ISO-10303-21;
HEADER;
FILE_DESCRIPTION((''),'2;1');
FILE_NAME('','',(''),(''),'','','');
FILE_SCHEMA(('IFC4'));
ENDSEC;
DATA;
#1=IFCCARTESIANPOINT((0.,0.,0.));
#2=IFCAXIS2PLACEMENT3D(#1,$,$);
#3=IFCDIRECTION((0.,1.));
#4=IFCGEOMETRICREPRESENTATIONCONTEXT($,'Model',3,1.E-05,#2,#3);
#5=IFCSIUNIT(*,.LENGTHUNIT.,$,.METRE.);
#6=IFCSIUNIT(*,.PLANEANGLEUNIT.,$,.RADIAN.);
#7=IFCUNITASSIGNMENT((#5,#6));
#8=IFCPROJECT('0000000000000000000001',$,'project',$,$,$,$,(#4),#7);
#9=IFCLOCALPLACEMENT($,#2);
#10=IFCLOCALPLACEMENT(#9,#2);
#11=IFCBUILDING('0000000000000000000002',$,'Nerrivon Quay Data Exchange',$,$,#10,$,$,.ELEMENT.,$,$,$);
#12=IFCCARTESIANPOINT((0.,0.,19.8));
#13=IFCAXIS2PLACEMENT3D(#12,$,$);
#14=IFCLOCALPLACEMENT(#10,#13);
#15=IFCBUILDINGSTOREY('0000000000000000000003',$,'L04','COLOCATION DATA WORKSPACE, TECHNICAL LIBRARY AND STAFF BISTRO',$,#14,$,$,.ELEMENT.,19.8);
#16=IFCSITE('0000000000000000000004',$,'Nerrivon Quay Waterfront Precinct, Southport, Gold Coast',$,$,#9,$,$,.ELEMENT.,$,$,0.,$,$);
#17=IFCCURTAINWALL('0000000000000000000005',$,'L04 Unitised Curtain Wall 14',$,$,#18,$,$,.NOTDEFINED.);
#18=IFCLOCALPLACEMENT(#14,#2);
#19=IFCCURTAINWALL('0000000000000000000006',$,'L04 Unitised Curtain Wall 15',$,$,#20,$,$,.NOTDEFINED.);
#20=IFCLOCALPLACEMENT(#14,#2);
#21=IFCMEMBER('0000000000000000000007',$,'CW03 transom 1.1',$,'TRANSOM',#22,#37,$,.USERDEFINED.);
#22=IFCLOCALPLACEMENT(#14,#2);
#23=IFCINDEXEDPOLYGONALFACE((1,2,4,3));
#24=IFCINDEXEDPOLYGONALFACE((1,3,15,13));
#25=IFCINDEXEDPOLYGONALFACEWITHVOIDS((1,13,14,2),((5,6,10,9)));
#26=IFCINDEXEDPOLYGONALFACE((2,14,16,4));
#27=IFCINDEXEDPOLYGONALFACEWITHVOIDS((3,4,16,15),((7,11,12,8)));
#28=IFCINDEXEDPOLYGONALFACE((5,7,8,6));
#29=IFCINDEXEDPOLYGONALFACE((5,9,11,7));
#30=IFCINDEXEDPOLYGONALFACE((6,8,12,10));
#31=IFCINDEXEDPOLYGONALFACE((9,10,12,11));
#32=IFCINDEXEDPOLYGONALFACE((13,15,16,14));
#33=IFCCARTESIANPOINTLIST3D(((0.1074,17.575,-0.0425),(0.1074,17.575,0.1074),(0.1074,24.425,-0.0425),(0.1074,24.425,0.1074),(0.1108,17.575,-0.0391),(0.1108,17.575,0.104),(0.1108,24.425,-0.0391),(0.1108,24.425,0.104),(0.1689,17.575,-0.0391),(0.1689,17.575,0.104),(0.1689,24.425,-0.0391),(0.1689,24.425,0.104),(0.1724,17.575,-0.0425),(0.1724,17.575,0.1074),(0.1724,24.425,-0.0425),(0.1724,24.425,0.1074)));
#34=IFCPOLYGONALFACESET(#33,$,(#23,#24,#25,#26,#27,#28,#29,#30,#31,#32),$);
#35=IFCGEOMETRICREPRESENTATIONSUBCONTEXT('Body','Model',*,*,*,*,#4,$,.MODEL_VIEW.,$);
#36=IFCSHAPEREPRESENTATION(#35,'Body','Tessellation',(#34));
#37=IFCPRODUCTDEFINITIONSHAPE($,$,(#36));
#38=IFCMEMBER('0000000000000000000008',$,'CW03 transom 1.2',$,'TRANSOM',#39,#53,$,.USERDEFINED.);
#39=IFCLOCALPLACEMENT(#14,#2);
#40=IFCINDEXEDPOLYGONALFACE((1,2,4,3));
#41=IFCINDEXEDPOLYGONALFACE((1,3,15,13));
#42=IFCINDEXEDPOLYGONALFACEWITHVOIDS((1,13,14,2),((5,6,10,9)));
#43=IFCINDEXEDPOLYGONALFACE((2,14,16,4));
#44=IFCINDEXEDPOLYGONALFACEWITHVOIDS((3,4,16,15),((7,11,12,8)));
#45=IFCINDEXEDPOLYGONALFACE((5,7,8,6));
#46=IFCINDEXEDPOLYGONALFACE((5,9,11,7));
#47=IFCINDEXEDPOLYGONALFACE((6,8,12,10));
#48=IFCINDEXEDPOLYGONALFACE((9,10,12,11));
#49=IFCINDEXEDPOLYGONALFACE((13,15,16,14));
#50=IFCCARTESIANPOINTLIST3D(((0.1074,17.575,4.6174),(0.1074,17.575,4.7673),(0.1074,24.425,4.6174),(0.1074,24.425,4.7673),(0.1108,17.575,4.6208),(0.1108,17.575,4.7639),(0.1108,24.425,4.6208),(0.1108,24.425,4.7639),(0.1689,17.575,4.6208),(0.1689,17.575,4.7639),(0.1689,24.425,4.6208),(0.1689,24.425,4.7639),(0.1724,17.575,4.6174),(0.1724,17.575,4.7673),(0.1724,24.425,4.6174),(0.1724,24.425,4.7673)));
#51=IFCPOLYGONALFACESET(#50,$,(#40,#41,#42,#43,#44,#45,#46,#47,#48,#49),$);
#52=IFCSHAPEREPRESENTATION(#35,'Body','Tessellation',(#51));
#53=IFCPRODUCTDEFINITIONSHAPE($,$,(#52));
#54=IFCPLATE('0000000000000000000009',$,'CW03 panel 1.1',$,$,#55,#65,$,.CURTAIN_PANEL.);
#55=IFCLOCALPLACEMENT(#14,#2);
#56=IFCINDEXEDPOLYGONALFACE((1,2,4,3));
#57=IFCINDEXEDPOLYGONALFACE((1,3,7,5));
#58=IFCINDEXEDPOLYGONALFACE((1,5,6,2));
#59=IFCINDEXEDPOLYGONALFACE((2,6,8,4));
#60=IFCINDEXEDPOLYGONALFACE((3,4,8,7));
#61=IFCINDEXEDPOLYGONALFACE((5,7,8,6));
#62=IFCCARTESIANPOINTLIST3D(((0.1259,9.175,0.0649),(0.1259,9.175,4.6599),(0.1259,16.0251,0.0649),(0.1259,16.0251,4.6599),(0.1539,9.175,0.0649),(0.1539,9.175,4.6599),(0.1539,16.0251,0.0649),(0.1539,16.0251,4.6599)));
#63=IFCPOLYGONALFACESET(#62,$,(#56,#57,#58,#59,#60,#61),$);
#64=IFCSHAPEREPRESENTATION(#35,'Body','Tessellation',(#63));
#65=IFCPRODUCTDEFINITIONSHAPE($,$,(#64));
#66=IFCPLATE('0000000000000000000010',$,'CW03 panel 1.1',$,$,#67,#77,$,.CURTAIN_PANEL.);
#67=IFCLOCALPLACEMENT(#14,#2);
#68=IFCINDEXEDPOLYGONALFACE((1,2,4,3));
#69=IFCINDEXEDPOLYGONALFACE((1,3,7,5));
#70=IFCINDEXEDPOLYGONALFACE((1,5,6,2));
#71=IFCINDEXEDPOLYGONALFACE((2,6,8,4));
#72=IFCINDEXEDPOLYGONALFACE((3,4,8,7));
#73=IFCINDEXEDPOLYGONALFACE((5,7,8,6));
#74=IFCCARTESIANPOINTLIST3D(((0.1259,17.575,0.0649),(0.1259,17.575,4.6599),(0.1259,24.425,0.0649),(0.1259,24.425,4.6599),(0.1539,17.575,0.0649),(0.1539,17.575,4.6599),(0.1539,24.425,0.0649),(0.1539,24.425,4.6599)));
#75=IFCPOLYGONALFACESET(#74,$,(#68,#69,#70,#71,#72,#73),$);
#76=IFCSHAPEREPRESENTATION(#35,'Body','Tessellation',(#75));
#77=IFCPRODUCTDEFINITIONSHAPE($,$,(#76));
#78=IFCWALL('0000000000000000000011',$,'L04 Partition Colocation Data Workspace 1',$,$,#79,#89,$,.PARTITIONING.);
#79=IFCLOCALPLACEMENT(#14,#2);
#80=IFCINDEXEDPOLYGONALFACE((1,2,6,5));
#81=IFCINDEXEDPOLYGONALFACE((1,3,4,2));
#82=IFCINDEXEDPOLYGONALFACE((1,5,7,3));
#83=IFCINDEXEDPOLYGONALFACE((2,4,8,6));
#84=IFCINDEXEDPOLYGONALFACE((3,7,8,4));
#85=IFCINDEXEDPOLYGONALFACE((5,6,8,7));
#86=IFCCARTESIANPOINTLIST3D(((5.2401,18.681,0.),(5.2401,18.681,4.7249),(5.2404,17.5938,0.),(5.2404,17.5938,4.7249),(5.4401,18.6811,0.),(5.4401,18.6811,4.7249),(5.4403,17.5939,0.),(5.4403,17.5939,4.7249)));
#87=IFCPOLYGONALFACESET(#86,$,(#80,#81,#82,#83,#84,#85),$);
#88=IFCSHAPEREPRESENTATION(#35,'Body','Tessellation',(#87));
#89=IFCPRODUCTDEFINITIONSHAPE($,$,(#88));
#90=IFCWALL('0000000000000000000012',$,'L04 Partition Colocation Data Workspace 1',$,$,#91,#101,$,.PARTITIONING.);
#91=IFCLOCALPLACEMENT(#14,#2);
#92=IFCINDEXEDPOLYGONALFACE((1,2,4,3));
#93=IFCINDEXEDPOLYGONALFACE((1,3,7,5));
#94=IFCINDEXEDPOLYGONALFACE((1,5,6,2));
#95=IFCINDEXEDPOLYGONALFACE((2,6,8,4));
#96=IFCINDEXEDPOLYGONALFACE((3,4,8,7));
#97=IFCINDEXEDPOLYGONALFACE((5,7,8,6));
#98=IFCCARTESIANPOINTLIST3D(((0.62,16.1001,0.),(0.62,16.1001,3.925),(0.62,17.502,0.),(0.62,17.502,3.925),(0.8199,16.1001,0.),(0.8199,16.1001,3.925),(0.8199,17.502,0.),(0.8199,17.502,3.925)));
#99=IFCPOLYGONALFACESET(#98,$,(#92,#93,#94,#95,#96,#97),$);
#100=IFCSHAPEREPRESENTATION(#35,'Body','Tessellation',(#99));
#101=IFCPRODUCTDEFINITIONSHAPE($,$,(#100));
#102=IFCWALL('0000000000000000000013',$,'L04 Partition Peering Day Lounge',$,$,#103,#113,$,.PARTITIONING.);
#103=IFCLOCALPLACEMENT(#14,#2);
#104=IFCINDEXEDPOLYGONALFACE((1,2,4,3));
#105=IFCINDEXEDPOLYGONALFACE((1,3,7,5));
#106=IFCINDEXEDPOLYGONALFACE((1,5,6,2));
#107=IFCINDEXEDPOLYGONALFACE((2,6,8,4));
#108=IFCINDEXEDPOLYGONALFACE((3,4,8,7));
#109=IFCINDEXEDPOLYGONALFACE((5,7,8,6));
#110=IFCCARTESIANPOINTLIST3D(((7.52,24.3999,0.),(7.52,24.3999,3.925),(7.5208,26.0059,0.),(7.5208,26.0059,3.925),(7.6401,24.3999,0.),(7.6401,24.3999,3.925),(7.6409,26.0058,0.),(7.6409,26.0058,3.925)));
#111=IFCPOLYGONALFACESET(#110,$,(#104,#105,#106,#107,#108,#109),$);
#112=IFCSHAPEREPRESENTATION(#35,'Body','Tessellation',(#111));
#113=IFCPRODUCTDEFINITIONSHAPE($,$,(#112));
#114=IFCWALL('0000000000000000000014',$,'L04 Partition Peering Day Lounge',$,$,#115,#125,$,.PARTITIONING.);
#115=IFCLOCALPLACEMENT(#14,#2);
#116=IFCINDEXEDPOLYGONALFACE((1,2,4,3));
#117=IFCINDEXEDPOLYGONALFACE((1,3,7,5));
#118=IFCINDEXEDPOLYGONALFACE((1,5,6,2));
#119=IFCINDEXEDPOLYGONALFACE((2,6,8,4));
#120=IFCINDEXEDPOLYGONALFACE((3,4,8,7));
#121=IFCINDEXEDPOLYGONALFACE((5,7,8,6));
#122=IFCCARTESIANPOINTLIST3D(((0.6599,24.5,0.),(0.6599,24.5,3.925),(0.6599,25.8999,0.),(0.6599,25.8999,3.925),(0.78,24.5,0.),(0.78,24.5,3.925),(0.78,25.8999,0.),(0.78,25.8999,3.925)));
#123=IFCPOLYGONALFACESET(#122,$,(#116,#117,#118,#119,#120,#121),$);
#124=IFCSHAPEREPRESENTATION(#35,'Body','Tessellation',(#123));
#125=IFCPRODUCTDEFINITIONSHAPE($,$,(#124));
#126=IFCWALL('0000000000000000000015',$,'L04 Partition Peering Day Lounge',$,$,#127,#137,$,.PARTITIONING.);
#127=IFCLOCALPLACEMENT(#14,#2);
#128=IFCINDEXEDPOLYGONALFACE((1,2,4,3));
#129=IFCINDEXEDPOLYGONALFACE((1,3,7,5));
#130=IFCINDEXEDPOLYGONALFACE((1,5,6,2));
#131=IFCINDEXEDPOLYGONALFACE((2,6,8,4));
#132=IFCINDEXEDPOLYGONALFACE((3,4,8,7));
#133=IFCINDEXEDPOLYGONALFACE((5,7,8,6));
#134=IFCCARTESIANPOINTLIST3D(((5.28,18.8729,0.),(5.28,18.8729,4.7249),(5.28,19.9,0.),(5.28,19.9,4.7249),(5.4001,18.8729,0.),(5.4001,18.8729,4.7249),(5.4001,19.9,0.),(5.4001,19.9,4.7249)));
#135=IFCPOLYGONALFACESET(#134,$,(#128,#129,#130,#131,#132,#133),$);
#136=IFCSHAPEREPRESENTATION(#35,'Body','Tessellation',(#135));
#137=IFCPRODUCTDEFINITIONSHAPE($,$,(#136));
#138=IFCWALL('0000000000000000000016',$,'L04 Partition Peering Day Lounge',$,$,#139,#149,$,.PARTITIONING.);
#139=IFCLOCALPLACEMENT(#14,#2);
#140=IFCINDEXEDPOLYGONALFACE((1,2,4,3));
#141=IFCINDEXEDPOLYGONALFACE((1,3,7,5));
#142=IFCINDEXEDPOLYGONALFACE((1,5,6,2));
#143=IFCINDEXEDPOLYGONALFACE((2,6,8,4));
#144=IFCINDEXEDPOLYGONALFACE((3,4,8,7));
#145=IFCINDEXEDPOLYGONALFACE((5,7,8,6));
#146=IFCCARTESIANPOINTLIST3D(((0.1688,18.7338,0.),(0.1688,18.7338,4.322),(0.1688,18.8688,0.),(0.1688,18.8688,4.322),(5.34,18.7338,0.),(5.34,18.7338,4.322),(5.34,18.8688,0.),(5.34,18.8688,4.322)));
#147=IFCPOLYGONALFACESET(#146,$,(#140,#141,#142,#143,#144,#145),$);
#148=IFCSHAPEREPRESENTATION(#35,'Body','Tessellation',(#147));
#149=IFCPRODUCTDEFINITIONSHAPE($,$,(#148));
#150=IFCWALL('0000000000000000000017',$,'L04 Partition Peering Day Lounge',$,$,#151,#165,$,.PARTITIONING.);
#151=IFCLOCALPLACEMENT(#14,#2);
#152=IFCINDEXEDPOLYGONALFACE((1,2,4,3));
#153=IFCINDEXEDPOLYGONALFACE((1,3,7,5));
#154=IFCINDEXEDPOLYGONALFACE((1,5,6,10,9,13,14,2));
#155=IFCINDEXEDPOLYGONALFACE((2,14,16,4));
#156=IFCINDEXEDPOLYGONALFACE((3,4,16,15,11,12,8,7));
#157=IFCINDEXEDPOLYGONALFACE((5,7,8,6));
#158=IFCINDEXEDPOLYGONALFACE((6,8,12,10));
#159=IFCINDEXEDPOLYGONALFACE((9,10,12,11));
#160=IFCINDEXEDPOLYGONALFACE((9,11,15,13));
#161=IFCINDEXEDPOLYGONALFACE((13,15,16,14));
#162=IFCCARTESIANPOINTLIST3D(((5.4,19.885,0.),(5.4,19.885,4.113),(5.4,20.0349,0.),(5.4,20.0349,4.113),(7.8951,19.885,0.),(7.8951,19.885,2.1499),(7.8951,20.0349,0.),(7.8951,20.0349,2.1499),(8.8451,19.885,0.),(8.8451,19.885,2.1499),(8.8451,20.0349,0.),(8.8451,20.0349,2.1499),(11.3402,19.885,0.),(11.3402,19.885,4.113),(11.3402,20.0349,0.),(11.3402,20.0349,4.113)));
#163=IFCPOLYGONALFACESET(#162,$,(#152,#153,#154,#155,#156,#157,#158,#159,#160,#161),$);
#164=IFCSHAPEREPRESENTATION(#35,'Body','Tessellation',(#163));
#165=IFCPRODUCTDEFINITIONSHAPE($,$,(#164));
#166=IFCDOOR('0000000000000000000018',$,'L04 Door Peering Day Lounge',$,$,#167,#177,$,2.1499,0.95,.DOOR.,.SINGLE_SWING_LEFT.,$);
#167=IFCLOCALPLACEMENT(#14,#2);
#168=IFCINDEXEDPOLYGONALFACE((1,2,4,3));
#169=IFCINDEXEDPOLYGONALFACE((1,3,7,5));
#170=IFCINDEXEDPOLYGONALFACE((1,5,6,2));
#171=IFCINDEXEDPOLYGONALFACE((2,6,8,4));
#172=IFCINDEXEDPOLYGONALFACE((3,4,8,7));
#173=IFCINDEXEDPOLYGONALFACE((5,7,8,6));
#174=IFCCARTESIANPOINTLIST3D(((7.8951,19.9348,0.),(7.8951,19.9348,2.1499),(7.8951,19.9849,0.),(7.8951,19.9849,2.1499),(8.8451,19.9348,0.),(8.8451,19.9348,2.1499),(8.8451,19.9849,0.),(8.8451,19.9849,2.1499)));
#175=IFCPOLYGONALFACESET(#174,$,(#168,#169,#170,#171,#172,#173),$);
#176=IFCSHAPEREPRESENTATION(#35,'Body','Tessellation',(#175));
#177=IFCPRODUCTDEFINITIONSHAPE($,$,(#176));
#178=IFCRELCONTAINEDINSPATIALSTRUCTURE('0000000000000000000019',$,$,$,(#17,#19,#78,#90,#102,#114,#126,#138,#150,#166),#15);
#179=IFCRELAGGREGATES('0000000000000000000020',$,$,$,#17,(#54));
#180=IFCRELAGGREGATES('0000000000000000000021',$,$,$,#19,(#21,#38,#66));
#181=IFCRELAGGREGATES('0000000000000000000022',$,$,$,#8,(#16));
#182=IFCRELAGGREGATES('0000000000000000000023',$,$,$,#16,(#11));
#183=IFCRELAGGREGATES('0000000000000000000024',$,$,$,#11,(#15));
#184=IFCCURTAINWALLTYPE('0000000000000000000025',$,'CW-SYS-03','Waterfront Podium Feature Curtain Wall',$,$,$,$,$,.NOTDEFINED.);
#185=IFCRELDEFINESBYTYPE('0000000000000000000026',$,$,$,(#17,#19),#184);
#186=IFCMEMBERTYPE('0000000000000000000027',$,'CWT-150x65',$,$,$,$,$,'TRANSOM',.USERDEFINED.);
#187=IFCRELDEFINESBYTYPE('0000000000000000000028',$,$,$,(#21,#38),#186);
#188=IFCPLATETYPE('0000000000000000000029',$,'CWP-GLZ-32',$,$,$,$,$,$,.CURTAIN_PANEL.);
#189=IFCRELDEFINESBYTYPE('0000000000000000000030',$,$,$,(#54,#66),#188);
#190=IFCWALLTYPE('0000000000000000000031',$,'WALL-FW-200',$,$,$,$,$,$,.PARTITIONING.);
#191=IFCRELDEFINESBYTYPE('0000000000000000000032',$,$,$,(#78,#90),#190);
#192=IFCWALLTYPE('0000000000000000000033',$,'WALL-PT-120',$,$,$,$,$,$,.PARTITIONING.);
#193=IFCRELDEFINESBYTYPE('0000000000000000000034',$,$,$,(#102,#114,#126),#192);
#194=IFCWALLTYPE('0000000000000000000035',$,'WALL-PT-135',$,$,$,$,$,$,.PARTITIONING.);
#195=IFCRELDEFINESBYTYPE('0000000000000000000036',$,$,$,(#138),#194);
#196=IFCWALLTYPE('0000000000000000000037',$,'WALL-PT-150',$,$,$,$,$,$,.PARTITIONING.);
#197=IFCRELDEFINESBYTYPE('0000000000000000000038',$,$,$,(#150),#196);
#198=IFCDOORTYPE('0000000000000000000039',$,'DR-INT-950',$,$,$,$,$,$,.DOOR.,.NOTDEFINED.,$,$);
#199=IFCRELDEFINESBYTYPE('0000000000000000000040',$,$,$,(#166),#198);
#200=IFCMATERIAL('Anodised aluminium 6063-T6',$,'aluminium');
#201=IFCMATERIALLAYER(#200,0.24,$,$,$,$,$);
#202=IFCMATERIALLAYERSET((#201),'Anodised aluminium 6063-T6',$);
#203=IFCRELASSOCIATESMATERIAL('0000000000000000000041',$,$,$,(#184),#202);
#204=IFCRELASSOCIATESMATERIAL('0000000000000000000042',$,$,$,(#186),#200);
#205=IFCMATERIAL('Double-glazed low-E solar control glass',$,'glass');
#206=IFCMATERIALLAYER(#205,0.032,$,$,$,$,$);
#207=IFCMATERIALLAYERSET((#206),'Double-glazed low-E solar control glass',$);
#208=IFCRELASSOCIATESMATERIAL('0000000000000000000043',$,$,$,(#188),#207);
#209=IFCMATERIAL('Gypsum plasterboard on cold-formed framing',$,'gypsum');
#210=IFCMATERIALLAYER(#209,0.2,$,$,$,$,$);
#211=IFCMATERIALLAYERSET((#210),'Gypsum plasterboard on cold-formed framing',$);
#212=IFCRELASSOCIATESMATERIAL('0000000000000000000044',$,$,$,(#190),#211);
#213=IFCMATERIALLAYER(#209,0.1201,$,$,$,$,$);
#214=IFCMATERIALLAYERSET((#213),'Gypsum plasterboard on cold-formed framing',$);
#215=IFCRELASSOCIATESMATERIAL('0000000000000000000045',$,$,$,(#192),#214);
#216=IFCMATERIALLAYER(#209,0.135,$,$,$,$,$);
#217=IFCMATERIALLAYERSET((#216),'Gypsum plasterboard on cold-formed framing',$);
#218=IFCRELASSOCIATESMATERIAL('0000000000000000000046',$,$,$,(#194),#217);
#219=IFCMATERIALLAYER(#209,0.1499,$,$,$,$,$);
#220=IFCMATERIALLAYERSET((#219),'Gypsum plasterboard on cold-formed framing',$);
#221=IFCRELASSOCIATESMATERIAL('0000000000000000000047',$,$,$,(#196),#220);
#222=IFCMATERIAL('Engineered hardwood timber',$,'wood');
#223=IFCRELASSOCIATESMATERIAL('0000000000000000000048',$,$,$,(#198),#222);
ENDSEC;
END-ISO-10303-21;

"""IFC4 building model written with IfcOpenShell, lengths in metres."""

from ifc_helpers import new_model, si_unit, direction, frame, frame_2d, origin, origin_2d, place, context, subcontext, project, spatial, rectangle, hollow_rectangle, extrude, material, layer, layer_set, material_profile, profile_set, type_object, element, fill, aggregate, save


model = new_model("IFC4")

# Units and contexts
model_context = context("Model", 3, precision=1e-05, world=origin(), true_north=direction((0.0, 1.0)))
body_context = subcontext(model_context, "Body", "Model", "MODEL_VIEW")
ifc_project = project(units=[si_unit("LENGTHUNIT", "METRE"), si_unit("PLANEANGLEUNIT", "RADIAN")], contexts=[model_context])

# Site, building, storey
site_placement = place(None, origin())
site = spatial("IfcSite", under=ifc_project, at=site_placement, Name="Nerrivon Quay Waterfront Precinct, Southport, Gold Coast", CompositionType="ELEMENT", RefElevation=0.0)
building_placement = place(site_placement, origin())
building = spatial("IfcBuilding", under=site, at=building_placement, Name="Nerrivon Quay Data Exchange", CompositionType="ELEMENT")
storey_placement = place(building_placement, frame((0.0, 0.0, 19.8)))
storey = spatial("IfcBuildingStorey", under=building, at=storey_placement, Name="L04", Description="COLOCATION DATA WORKSPACE, TECHNICAL LIBRARY AND STAFF BISTRO", CompositionType="ELEMENT", Elevation=19.8)

# Curtain wall
ifc_material_1 = material(Name="Anodised aluminium 6063-T6", Category="aluminium")
ifc_layer_1 = layer(ifc_material_1, 0.24)
ifc_layer_set_1 = layer_set([ifc_layer_1], Name="Anodised aluminium 6063-T6")
curtain_wall_type = type_object("IfcCurtainWallType", Name="CW-SYS-03", Description="Waterfront Podium Feature Curtain Wall", PredefinedType="NOTDEFINED", material=ifc_layer_set_1)
curtain_wall_1_placement = place(storey_placement, origin())
curtain_wall_1 = element("IfcCurtainWall", 1, at=curtain_wall_1_placement, inside=storey, type_object=curtain_wall_type, Name="L04 Unitised Curtain Wall 14", PredefinedType="NOTDEFINED")

# Curtain wall, members
curtain_wall_2_placement = place(storey_placement, origin())
curtain_wall_2 = element("IfcCurtainWall", 2, at=curtain_wall_2_placement, inside=storey, type_object=curtain_wall_type, Name="L04 Unitised Curtain Wall 15", PredefinedType="NOTDEFINED")
ifc_material_profile_1 = material_profile(ifc_material_1, hollow_rectangle(XDim=0.0649, YDim=0.1499, WallThickness=0.0034, at=origin_2d()), Name="ALU-TRAN-150x65")
ifc_profile_set_1 = profile_set([ifc_material_profile_1], Name="Anodised aluminium 6063-T6")
member_type_1 = type_object("IfcMemberType", Name="CWT-150x65", ElementType="TRANSOM", PredefinedType="USERDEFINED", material=ifc_profile_set_1)
member_1_placement = place(storey_placement, frame((0.1399, 17.575, 0.0325), z_axis=(0.0, 1.0, 0.0), x_axis=(-1.0, 0.0, 0.0)))
member_1 = element("IfcMember", 3, at=member_1_placement, type_object=member_type_1, Name="CW03 transom 1.1", ObjectType="TRANSOM", PredefinedType="USERDEFINED", context=body_context, shape_type="SweptSolid", body=[
    extrude(hollow_rectangle(XDim=0.0649, YDim=0.1499, WallThickness=0.0034, at=origin_2d()), origin(), (0.0, 0.0, 1.0), 6.8501),
])
member_2_placement = place(storey_placement, frame((0.1399, 17.575, 4.6924), z_axis=(0.0, 1.0, 0.0), x_axis=(-1.0, 0.0, 0.0)))
member_2 = element("IfcMember", 4, at=member_2_placement, type_object=member_type_1, Name="CW03 transom 1.2", ObjectType="TRANSOM", PredefinedType="USERDEFINED", context=body_context, shape_type="SweptSolid", body=[
    extrude(hollow_rectangle(XDim=0.0649, YDim=0.1499, WallThickness=0.0034, at=origin_2d()), origin(), (0.0, 0.0, 1.0), 6.8501),
])

# Plates
ifc_material_2 = material(Name="Double-glazed low-E solar control glass", Category="glass")
ifc_layer_2 = layer(ifc_material_2, 0.032)
ifc_layer_set_2 = layer_set([ifc_layer_2], Name="Double-glazed low-E solar control glass")
plate_type = type_object("IfcPlateType", Name="CWP-GLZ-32", PredefinedType="CURTAIN_PANEL", material=ifc_layer_set_2)
plate_1_placement = place(storey_placement, frame((0.1399, 12.6001, 0.0649), z_axis=(0.0, 0.0, 1.0), x_axis=(0.0, 1.0, 0.0)))
plate_1 = element("IfcPlate", 5, at=plate_1_placement, type_object=plate_type, Name="CW03 panel 1.1", PredefinedType="CURTAIN_PANEL", context=body_context, shape_type="SweptSolid", body=[
    extrude(rectangle(XDim=6.8501, YDim=0.0281, at=origin_2d()), origin(), (0.0, 0.0, 1.0), 4.595),
])
aggregate(curtain_wall_1, [plate_1])
plate_2_placement = place(storey_placement, frame((0.1399, 21.0, 0.0649), z_axis=(0.0, 0.0, 1.0), x_axis=(0.0, 1.0, 0.0)))
plate_2 = element("IfcPlate", 6, at=plate_2_placement, type_object=plate_type, Name="CW03 panel 1.1", PredefinedType="CURTAIN_PANEL", context=body_context, shape_type="SweptSolid", body=[
    extrude(rectangle(XDim=6.8501, YDim=0.0281, at=origin_2d()), origin(), (0.0, 0.0, 1.0), 4.595),
])
aggregate(curtain_wall_2, [member_1, member_2, plate_2])

# Walls
ifc_material_3 = material(Name="Gypsum plasterboard on cold-formed framing", Category="gypsum")
ifc_layer_3 = layer(ifc_material_3, 0.2)
ifc_layer_set_3 = layer_set([ifc_layer_3], Name="Gypsum plasterboard on cold-formed framing")
wall_type_1 = type_object("IfcWallType", Name="WALL-FW-200", PredefinedType="PARTITIONING", material=ifc_layer_set_3)
wall_1_placement = place(storey_placement, frame((5.3403, 17.594, 0.0), z_axis=(0.0, 0.0, 1.0), x_axis=(-0.000225, 1.0, 0.0)))
element("IfcWall", 7, at=wall_1_placement, inside=storey, type_object=wall_type_1, Name="L04 Partition Colocation Data Workspace 1", PredefinedType="PARTITIONING", context=body_context, shape_type="SweptSolid", body=[
    extrude(rectangle(XDim=1.0872, YDim=0.2, at=frame_2d((0.5435, 0.0))), origin(), (0.0, 0.0, 1.0), 4.7249),
])
wall_2_placement = place(storey_placement, frame((0.72, 17.502, 0.0), z_axis=(0.0, 0.0, 1.0), x_axis=(0.0, -1.0, 0.0)))
element("IfcWall", 8, at=wall_2_placement, inside=storey, type_object=wall_type_1, Name="L04 Partition Colocation Data Workspace 1", PredefinedType="PARTITIONING", context=body_context, shape_type="SweptSolid", body=[
    extrude(rectangle(XDim=1.4019, YDim=0.2, at=frame_2d((0.7009, 0.0))), origin(), (0.0, 0.0, 1.0), 3.925),
])
ifc_layer_4 = layer(ifc_material_3, 0.1201)
ifc_layer_set_4 = layer_set([ifc_layer_4], Name="Gypsum plasterboard on cold-formed framing")
wall_type_2 = type_object("IfcWallType", Name="WALL-PT-120", PredefinedType="PARTITIONING", material=ifc_layer_set_4)
wall_3_placement = place(storey_placement, frame((7.5801, 24.3999, 0.0), z_axis=(0.0, 0.0, 1.0), x_axis=(0.000456, 1.0, 0.0)))
element("IfcWall", 9, at=wall_3_placement, inside=storey, type_object=wall_type_2, Name="L04 Partition Peering Day Lounge", PredefinedType="PARTITIONING", context=body_context, shape_type="SweptSolid", body=[
    extrude(rectangle(XDim=1.606, YDim=0.1201, at=frame_2d((0.803, 0.0))), origin(), (0.0, 0.0, 1.0), 3.925),
])
wall_4_placement = place(storey_placement, frame((0.72, 25.8999, 0.0), z_axis=(0.0, 0.0, 1.0), x_axis=(0.0, -1.0, 0.0)))
element("IfcWall", 10, at=wall_4_placement, inside=storey, type_object=wall_type_2, Name="L04 Partition Peering Day Lounge", PredefinedType="PARTITIONING", context=body_context, shape_type="SweptSolid", body=[
    extrude(rectangle(XDim=1.3999, YDim=0.1201, at=frame_2d((0.7, 0.0))), origin(), (0.0, 0.0, 1.0), 3.925),
])
wall_5_placement = place(storey_placement, frame((5.3401, 18.8728, 0.0), z_axis=(0.0, 0.0, 1.0), x_axis=(0.0, 1.0, 0.0)))
element("IfcWall", 11, at=wall_5_placement, inside=storey, type_object=wall_type_2, Name="L04 Partition Peering Day Lounge", PredefinedType="PARTITIONING", context=body_context, shape_type="SweptSolid", body=[
    extrude(rectangle(XDim=1.0271, YDim=0.1201, at=frame_2d((0.5137, 0.0))), origin(), (0.0, 0.0, 1.0), 4.7249),
])
ifc_layer_5 = layer(ifc_material_3, 0.135)
ifc_layer_set_5 = layer_set([ifc_layer_5], Name="Gypsum plasterboard on cold-formed framing")
wall_type_3 = type_object("IfcWallType", Name="WALL-PT-135", PredefinedType="PARTITIONING", material=ifc_layer_set_5)
wall_6_placement = place(storey_placement, frame((0.1689, 18.8013, 0.0), z_axis=(0.0, 0.0, 1.0), x_axis=(1.0, 0.0, 0.0)))
element("IfcWall", 12, at=wall_6_placement, inside=storey, type_object=wall_type_3, Name="L04 Partition Peering Day Lounge", PredefinedType="PARTITIONING", context=body_context, shape_type="SweptSolid", body=[
    extrude(rectangle(XDim=5.1711, YDim=0.135, at=frame_2d((2.5854, 0.0))), origin(), (0.0, 0.0, 1.0), 4.322),
])

# Wall, opening, door
ifc_layer_6 = layer(ifc_material_3, 0.1499)
ifc_layer_set_6 = layer_set([ifc_layer_6], Name="Gypsum plasterboard on cold-formed framing")
wall_type_4 = type_object("IfcWallType", Name="WALL-PT-150", PredefinedType="PARTITIONING", material=ifc_layer_set_6)
wall_7_placement = place(storey_placement, frame((5.3999, 19.96, 0.0), z_axis=(0.0, 0.0, 1.0), x_axis=(1.0, 0.0, 0.0)))
wall_7 = element("IfcWall", 13, at=wall_7_placement, inside=storey, type_object=wall_type_4, Name="L04 Partition Peering Day Lounge", PredefinedType="PARTITIONING", context=body_context, shape_type="SweptSolid", body=[
    extrude(rectangle(XDim=5.9402, YDim=0.1499, at=frame_2d((2.9702, 0.0))), origin(), (0.0, 0.0, 1.0), 4.113),
])
opening_placement = place(wall_7_placement, frame((2.4951, 0.0, 0.0)))
opening = element("IfcOpeningElement", 14, at=opening_placement, cuts=wall_7, PredefinedType="OPENING", context=body_context, shape_type="SweptSolid", body=[
    extrude(rectangle(XDim=0.95, YDim=2.1499, at=frame_2d((0.4751, 1.075))), frame((0.0, 0.085, 0.0), z_axis=(0.0, -1.0, 0.0), x_axis=(1.0, 0.0, 0.0)), (0.0, 0.0, 1.0), 0.1699),
])
ifc_material_4 = material(Name="Engineered hardwood timber", Category="wood")
door_type = type_object("IfcDoorType", Name="DR-INT-950", OperationType="NOTDEFINED", PredefinedType="DOOR", material=ifc_material_4)
door_placement = place(opening_placement, origin())
door = element("IfcDoor", 15, at=door_placement, inside=storey, type_object=door_type, Name="L04 Door Peering Day Lounge", OperationType="SINGLE_SWING_LEFT", OverallHeight=2.1499, OverallWidth=0.95, PredefinedType="DOOR", context=body_context, shape_type="SweptSolid", body=[
    extrude(rectangle(XDim=0.95, YDim=2.1499, at=frame_2d((0.4751, 1.075))), frame((0.0, 0.0249, 0.0), z_axis=(0.0, -1.0, 0.0), x_axis=(1.0, 0.0, 0.0)), (0.0, 0.0, 1.0), 0.05),
])
fill(opening, door)

save(model, "model.ifc")
